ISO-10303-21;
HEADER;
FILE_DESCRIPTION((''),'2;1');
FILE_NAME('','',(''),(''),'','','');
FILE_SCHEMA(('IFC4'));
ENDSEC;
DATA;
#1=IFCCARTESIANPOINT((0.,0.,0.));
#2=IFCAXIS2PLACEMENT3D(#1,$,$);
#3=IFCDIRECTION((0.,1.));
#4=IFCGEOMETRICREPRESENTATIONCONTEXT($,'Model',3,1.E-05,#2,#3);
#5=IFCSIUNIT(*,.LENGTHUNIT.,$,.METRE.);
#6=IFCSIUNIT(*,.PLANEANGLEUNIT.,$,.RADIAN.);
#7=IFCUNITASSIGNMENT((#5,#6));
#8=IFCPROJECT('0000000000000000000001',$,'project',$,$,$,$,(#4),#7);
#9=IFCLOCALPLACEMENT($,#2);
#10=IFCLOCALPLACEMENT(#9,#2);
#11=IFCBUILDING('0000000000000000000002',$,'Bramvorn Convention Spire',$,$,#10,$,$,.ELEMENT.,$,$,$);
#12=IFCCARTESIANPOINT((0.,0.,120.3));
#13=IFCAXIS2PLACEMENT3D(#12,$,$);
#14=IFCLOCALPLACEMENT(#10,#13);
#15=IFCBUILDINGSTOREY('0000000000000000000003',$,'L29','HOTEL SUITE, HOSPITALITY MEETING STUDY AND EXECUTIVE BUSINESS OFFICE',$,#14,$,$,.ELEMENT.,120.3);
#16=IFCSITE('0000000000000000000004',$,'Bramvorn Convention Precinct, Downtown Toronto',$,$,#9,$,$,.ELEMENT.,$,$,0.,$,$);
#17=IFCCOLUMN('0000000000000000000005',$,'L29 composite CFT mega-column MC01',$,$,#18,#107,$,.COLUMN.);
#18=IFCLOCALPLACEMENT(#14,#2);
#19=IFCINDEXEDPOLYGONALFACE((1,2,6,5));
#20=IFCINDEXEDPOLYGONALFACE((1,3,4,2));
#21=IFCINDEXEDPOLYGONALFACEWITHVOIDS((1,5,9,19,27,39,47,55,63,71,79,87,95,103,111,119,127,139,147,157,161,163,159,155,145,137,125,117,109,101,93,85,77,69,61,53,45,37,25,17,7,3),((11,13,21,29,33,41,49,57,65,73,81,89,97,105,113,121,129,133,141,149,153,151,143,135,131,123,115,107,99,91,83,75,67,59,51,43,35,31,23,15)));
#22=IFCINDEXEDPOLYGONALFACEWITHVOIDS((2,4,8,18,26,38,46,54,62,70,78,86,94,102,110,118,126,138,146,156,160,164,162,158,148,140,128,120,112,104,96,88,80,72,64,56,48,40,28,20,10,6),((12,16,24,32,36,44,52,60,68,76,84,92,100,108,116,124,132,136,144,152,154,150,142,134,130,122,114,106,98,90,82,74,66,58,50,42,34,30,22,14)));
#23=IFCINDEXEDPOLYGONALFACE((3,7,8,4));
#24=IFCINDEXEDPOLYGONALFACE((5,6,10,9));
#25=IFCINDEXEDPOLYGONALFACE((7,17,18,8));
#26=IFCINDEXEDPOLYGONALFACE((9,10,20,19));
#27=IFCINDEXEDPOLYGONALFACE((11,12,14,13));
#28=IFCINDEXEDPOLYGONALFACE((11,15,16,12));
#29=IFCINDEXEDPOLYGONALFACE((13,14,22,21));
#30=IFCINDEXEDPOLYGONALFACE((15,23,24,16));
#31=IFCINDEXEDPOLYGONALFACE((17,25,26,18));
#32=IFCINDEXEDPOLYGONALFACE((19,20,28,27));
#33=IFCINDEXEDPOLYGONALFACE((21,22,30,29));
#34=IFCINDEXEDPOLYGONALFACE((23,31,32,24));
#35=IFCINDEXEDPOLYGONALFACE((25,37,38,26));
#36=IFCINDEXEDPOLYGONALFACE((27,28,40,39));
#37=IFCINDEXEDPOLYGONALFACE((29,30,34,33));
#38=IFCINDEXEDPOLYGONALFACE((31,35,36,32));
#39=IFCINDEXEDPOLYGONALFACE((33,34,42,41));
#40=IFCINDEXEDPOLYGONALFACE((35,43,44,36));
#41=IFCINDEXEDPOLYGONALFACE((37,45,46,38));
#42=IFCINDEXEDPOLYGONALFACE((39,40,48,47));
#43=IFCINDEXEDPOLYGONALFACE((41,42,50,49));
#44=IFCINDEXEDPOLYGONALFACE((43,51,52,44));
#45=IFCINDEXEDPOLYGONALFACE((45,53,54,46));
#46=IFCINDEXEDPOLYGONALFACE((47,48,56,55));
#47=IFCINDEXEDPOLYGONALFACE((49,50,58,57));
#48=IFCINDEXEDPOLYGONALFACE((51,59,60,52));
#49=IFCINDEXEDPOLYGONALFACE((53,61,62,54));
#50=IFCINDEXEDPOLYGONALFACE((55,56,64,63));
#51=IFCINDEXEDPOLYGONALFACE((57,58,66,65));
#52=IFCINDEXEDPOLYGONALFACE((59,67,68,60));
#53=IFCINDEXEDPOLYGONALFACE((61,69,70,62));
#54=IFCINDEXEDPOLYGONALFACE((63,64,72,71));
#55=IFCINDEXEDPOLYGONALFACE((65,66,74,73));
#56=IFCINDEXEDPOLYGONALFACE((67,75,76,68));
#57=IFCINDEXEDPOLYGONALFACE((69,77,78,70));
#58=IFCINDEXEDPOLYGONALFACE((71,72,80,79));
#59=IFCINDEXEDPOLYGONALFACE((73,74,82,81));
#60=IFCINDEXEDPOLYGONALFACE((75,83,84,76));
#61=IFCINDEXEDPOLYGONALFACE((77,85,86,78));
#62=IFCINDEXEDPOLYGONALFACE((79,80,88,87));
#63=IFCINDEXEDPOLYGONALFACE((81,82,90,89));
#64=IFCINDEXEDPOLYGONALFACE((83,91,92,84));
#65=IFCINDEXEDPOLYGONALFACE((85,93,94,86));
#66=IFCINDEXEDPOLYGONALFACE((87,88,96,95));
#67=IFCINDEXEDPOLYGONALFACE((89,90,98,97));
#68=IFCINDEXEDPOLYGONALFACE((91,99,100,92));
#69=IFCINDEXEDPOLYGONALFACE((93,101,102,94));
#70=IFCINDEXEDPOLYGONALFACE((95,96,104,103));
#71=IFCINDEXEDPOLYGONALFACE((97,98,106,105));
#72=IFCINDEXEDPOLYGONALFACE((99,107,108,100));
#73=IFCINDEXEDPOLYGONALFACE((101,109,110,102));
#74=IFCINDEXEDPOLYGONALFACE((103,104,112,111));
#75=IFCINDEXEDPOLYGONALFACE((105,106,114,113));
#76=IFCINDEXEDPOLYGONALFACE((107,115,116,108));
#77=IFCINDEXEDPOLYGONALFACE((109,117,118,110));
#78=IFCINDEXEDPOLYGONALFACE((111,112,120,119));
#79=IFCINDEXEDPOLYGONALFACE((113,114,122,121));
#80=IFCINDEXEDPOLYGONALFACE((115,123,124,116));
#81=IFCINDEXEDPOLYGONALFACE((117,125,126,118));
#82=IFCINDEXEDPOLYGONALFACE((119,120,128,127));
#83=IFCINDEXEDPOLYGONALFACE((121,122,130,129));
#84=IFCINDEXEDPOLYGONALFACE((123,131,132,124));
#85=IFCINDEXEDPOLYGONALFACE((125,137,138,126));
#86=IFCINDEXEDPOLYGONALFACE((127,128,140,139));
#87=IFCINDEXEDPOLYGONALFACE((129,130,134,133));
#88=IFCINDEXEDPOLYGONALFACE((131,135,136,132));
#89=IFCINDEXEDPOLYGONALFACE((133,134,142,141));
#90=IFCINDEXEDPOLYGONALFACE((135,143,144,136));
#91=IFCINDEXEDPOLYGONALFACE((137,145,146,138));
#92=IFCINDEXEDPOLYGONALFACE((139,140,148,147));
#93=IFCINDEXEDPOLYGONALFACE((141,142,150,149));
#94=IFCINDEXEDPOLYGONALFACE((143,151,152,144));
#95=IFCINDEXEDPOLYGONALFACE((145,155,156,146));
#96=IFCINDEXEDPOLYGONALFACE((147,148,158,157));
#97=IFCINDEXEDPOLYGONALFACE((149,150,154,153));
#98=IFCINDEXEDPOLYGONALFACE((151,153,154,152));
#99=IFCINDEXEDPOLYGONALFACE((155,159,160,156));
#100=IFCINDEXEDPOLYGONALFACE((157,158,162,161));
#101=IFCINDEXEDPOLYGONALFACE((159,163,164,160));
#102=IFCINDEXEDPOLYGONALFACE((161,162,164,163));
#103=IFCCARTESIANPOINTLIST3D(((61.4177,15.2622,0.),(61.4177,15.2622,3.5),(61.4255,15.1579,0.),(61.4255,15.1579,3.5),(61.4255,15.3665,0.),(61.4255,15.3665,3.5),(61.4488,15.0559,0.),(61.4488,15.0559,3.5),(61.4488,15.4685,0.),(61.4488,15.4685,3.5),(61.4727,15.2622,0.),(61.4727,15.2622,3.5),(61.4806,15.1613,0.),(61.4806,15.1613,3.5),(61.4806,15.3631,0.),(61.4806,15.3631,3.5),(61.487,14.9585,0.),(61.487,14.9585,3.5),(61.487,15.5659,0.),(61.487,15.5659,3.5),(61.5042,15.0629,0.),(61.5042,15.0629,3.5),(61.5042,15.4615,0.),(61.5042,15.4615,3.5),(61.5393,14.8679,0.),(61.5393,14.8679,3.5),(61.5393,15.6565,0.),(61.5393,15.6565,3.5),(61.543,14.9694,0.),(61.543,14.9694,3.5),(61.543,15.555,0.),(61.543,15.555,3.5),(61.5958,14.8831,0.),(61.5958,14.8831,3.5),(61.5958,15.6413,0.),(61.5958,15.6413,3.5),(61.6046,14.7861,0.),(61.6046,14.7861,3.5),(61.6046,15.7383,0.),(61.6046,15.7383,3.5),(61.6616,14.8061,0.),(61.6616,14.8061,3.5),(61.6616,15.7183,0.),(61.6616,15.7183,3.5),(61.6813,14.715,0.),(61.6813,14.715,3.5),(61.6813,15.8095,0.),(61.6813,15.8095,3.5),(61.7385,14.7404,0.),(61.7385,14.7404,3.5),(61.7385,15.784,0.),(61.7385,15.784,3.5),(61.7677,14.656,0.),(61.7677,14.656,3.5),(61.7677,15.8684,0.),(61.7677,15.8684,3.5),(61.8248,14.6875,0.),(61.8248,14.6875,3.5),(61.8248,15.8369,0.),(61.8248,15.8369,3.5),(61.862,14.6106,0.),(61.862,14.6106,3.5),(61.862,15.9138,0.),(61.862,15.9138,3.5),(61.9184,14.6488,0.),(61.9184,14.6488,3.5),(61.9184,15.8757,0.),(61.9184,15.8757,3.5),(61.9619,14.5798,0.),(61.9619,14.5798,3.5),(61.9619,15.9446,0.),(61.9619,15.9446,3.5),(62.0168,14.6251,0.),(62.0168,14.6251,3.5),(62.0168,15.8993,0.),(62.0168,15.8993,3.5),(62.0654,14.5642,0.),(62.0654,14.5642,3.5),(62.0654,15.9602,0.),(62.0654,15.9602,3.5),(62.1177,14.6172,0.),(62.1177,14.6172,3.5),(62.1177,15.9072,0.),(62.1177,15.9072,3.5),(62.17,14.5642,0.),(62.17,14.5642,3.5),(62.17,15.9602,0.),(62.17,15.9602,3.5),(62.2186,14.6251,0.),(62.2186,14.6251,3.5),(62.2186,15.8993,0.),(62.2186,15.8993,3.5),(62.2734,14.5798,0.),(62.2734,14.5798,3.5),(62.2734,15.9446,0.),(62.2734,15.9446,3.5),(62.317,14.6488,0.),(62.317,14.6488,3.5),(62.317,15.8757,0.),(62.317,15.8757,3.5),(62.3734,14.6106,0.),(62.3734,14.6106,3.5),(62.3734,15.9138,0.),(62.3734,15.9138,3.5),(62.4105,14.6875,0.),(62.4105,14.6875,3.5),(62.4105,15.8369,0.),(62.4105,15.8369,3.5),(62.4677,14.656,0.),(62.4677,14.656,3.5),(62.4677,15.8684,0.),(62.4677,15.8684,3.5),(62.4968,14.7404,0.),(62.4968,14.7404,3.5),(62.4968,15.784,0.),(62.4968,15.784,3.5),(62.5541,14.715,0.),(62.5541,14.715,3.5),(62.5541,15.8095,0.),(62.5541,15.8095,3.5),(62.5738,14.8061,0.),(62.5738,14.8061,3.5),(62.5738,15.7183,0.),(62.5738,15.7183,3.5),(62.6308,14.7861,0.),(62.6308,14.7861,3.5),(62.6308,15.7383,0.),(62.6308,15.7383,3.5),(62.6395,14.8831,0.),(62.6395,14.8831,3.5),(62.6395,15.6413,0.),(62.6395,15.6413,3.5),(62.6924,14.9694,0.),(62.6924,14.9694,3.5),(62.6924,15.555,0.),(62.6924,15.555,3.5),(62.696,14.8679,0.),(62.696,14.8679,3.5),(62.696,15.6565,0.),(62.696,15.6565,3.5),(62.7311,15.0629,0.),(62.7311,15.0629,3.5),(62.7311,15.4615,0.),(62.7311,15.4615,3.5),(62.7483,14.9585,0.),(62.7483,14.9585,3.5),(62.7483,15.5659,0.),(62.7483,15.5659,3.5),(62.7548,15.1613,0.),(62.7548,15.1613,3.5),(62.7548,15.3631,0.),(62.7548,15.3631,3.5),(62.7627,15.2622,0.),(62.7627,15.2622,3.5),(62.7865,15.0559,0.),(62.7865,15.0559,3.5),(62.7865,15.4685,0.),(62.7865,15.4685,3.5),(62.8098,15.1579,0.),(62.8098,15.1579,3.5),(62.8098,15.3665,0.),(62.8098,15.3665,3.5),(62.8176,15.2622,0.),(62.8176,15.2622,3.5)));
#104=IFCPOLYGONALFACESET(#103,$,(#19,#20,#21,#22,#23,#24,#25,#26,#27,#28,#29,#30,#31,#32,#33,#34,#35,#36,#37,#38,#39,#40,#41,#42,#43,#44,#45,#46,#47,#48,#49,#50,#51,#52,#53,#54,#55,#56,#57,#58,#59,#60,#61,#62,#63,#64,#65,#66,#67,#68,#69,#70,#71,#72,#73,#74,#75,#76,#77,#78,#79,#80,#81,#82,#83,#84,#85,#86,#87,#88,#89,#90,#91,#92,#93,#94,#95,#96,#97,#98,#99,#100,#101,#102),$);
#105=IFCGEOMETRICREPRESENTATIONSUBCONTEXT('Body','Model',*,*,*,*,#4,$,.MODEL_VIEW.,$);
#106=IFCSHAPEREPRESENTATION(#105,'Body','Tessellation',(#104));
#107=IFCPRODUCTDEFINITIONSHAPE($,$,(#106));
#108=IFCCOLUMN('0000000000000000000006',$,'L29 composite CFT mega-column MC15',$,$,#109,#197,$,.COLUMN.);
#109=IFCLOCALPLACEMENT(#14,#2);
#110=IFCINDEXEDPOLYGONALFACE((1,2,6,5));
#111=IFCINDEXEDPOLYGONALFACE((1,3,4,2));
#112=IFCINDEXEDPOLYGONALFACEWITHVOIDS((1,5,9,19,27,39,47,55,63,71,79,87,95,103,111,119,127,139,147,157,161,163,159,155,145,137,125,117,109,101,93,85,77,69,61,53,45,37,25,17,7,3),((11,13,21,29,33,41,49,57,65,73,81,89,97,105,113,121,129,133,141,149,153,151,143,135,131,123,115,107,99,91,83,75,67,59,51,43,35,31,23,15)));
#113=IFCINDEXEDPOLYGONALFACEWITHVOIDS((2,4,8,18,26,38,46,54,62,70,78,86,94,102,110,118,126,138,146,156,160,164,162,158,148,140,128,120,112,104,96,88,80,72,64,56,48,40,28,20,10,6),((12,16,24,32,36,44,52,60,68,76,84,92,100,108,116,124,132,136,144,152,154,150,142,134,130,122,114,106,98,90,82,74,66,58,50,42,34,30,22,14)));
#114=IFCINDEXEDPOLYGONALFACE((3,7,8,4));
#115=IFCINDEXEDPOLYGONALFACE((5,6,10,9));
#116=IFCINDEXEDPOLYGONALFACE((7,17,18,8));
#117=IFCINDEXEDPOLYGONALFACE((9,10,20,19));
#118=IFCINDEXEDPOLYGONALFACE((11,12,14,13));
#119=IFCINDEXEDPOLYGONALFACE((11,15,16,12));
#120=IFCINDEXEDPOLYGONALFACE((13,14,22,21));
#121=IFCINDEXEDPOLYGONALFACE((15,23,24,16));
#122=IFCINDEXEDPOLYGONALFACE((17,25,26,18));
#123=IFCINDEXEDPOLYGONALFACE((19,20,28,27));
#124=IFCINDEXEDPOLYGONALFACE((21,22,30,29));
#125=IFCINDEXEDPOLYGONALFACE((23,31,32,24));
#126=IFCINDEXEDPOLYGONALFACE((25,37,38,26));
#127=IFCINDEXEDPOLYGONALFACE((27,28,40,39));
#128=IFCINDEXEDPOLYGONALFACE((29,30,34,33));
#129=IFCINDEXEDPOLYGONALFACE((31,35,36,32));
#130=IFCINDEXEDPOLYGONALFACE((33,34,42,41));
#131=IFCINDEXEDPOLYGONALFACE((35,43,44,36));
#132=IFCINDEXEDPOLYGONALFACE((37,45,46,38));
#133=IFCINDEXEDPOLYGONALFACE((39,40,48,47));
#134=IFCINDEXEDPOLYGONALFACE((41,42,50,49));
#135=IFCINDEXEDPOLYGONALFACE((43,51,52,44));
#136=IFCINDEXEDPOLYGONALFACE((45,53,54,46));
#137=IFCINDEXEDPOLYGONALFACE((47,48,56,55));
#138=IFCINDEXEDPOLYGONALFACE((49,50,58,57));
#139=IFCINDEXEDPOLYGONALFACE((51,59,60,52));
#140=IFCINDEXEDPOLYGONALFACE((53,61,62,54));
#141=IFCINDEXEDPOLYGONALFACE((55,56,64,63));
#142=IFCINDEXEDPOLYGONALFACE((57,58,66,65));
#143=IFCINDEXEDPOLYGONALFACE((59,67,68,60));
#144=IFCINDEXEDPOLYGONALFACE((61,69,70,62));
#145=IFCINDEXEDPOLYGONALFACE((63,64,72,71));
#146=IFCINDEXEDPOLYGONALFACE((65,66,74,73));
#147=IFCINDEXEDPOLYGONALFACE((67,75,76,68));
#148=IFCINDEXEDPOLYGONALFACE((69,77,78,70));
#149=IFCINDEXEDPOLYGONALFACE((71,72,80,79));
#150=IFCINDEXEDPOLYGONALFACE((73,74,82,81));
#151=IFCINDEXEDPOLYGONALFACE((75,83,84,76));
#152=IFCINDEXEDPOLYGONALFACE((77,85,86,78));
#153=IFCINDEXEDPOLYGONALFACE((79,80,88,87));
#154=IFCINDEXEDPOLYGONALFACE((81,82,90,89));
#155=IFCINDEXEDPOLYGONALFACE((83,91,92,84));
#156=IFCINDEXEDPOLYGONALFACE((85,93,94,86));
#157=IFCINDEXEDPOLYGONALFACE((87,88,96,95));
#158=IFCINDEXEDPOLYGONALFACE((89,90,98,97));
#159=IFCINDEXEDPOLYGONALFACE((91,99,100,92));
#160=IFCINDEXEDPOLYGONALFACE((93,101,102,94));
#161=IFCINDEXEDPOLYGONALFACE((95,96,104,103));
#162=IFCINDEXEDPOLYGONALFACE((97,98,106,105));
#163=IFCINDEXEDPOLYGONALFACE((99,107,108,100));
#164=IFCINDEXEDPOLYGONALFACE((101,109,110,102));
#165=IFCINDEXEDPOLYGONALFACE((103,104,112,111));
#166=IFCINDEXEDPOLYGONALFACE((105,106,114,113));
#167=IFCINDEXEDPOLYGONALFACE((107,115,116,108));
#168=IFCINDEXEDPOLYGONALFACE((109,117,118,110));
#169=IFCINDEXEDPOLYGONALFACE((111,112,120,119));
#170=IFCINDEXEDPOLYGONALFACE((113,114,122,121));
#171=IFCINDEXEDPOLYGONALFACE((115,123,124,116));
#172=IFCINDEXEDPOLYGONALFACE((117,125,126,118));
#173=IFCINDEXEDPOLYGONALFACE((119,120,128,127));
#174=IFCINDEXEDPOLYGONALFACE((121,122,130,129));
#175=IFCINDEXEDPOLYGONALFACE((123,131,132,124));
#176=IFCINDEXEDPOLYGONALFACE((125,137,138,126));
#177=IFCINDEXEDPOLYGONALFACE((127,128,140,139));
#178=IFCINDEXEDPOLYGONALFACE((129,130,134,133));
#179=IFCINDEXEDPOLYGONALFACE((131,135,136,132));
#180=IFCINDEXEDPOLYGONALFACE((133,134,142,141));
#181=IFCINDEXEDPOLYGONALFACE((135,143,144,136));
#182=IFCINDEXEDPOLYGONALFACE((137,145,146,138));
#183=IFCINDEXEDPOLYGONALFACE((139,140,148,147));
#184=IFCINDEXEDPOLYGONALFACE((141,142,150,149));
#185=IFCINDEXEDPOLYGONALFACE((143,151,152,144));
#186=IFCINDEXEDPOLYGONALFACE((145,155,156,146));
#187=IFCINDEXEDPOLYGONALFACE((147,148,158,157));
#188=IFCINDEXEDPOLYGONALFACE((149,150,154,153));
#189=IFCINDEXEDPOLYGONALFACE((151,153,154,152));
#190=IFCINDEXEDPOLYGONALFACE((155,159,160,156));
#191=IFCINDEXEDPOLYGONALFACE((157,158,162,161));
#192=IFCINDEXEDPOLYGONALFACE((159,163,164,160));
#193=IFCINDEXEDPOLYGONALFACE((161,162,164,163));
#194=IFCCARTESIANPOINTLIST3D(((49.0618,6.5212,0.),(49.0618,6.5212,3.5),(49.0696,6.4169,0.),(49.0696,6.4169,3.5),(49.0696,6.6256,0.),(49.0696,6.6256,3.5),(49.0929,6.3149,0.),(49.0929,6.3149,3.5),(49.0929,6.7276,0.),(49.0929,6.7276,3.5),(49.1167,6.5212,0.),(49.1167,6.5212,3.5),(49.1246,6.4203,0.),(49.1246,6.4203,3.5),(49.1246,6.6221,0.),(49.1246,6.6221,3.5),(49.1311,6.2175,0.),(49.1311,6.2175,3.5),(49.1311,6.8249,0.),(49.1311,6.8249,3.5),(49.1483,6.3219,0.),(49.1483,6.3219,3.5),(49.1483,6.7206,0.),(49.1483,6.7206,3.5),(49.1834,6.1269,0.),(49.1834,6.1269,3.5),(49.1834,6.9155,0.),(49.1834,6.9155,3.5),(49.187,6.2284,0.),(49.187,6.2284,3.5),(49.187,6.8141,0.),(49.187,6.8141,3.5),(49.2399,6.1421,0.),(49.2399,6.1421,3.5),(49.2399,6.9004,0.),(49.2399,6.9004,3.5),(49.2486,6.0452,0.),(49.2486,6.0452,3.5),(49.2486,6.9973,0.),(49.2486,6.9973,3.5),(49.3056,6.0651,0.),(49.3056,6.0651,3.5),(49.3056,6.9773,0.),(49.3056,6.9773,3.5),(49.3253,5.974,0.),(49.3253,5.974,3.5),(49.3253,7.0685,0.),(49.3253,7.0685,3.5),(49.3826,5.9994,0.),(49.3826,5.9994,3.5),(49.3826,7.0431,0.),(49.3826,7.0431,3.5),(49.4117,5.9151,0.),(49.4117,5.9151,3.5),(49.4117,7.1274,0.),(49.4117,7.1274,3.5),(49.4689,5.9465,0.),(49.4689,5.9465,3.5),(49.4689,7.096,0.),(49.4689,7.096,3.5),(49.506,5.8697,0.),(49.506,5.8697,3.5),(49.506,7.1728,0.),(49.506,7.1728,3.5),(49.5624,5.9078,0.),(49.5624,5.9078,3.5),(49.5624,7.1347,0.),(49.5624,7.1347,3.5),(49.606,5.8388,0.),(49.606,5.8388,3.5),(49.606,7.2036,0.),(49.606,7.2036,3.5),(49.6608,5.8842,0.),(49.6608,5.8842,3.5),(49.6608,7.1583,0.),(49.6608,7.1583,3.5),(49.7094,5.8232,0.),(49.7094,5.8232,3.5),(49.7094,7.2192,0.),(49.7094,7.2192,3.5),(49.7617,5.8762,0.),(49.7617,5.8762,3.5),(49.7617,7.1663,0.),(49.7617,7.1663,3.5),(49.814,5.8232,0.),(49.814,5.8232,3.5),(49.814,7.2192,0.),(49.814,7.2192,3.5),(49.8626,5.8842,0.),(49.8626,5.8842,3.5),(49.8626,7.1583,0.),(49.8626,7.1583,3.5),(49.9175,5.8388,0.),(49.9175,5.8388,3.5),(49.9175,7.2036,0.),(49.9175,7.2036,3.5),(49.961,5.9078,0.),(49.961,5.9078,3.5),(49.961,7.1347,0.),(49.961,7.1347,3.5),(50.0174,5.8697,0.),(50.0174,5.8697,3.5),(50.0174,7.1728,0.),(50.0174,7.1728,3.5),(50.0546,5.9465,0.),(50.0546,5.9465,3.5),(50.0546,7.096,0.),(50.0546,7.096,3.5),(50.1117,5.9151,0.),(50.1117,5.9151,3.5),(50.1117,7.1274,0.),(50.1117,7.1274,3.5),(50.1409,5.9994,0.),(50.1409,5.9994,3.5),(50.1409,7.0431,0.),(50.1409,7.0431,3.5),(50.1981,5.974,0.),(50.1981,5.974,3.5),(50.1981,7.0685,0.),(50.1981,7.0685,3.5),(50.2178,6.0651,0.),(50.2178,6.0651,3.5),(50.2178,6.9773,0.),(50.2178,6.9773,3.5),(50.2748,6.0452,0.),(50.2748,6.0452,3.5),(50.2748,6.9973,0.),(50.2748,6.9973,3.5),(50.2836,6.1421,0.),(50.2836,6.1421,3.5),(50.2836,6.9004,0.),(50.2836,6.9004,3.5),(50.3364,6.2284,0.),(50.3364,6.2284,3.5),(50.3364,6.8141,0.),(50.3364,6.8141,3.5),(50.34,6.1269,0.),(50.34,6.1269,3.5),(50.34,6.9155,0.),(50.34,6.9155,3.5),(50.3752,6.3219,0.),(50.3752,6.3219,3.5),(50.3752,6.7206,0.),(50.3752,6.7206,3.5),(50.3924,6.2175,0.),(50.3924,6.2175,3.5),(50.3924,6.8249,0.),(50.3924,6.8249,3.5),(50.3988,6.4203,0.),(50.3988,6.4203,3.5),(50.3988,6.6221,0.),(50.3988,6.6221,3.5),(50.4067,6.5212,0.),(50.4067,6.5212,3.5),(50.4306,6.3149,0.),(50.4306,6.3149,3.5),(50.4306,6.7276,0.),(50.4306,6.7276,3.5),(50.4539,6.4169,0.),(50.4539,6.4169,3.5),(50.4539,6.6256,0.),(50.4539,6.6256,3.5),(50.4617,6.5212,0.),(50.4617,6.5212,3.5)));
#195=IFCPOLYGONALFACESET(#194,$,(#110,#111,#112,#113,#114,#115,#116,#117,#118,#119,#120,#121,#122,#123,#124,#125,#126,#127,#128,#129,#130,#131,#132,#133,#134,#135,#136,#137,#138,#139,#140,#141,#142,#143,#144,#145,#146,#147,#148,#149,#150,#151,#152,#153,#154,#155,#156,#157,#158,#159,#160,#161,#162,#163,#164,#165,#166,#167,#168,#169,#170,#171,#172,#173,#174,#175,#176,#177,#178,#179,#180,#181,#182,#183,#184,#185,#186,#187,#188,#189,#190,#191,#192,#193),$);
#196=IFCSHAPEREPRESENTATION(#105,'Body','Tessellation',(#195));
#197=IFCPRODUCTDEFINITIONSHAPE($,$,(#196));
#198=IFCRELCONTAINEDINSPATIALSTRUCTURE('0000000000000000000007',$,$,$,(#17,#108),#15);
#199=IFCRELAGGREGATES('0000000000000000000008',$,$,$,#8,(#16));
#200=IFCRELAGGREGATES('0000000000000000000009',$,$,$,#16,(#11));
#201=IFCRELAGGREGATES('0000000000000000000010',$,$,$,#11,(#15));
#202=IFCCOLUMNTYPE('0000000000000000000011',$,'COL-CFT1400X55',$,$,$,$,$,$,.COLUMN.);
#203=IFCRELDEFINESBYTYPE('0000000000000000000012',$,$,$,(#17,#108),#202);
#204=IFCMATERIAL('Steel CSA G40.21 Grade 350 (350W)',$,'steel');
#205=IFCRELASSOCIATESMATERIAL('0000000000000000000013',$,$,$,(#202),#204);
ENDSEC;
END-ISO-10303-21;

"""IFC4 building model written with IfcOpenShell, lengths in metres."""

from ifc_helpers import new_model, si_unit, direction, frame, origin, origin_2d, place, context, subcontext, project, spatial, hollow_circle, extrude, material, material_profile, profile_set, type_object, element, save


model = new_model("IFC4")

# Units and contexts
model_context = context("Model", 3, precision=1e-05, world=origin(), true_north=direction((0.0, 1.0)))
body_context = subcontext(model_context, "Body", "Model", "MODEL_VIEW")
ifc_project = project(units=[si_unit("LENGTHUNIT", "METRE"), si_unit("PLANEANGLEUNIT", "RADIAN")], contexts=[model_context])

# Site, building, storey
site_placement = place(None, origin())
site = spatial("IfcSite", under=ifc_project, at=site_placement, Name="Bramvorn Convention Precinct, Downtown Toronto", CompositionType="ELEMENT", RefElevation=0.0)
building_placement = place(site_placement, origin())
building = spatial("IfcBuilding", under=site, at=building_placement, Name="Bramvorn Convention Spire", CompositionType="ELEMENT")
storey_placement = place(building_placement, frame((0.0, 0.0, 120.3)))
storey = spatial("IfcBuildingStorey", under=building, at=storey_placement, Name="L29", Description="HOTEL SUITE, HOSPITALITY MEETING STUDY AND EXECUTIVE BUSINESS OFFICE", CompositionType="ELEMENT", Elevation=120.3)

# Columns
ifc_material_1 = material(Name="Steel CSA G40.21 Grade 350 (350W)", Category="steel")
ifc_material_profile_1 = material_profile(ifc_material_1, hollow_circle(Radius=0.7, WallThickness=0.0549, at=origin_2d()))
ifc_profile_set_1 = profile_set([ifc_material_profile_1], Name="Steel CSA G40.21 Grade 350 (350W) - CFT1400X55")
column_type = type_object("IfcColumnType", Name="COL-CFT1400X55", PredefinedType="COLUMN", material=ifc_profile_set_1)
for number, where, z_axis, x_axis, name in (
    (1, (62.1177, 15.2622, 0.0), (0.0, 0.0, 1.0), (1.0, 0.0, 0.0), "L29 composite CFT mega-column MC01"),
    (2, (49.7617, 6.5212, 0.0), (0.0, 0.0, 1.0), (1.0, 0.0, 0.0), "L29 composite CFT mega-column MC15"),
):
    element("IfcColumn", number, at=place(storey_placement, frame(where, z_axis=z_axis, x_axis=x_axis)), inside=storey, type_object=column_type, Name=name, PredefinedType="COLUMN", context=body_context, shape_type="SweptSolid", body=[
        extrude(hollow_circle(Radius=0.7, WallThickness=0.0549, at=origin_2d()), origin(), (0.0, 0.0, 1.0), 3.5),
    ])

save(model, "model.ifc")
